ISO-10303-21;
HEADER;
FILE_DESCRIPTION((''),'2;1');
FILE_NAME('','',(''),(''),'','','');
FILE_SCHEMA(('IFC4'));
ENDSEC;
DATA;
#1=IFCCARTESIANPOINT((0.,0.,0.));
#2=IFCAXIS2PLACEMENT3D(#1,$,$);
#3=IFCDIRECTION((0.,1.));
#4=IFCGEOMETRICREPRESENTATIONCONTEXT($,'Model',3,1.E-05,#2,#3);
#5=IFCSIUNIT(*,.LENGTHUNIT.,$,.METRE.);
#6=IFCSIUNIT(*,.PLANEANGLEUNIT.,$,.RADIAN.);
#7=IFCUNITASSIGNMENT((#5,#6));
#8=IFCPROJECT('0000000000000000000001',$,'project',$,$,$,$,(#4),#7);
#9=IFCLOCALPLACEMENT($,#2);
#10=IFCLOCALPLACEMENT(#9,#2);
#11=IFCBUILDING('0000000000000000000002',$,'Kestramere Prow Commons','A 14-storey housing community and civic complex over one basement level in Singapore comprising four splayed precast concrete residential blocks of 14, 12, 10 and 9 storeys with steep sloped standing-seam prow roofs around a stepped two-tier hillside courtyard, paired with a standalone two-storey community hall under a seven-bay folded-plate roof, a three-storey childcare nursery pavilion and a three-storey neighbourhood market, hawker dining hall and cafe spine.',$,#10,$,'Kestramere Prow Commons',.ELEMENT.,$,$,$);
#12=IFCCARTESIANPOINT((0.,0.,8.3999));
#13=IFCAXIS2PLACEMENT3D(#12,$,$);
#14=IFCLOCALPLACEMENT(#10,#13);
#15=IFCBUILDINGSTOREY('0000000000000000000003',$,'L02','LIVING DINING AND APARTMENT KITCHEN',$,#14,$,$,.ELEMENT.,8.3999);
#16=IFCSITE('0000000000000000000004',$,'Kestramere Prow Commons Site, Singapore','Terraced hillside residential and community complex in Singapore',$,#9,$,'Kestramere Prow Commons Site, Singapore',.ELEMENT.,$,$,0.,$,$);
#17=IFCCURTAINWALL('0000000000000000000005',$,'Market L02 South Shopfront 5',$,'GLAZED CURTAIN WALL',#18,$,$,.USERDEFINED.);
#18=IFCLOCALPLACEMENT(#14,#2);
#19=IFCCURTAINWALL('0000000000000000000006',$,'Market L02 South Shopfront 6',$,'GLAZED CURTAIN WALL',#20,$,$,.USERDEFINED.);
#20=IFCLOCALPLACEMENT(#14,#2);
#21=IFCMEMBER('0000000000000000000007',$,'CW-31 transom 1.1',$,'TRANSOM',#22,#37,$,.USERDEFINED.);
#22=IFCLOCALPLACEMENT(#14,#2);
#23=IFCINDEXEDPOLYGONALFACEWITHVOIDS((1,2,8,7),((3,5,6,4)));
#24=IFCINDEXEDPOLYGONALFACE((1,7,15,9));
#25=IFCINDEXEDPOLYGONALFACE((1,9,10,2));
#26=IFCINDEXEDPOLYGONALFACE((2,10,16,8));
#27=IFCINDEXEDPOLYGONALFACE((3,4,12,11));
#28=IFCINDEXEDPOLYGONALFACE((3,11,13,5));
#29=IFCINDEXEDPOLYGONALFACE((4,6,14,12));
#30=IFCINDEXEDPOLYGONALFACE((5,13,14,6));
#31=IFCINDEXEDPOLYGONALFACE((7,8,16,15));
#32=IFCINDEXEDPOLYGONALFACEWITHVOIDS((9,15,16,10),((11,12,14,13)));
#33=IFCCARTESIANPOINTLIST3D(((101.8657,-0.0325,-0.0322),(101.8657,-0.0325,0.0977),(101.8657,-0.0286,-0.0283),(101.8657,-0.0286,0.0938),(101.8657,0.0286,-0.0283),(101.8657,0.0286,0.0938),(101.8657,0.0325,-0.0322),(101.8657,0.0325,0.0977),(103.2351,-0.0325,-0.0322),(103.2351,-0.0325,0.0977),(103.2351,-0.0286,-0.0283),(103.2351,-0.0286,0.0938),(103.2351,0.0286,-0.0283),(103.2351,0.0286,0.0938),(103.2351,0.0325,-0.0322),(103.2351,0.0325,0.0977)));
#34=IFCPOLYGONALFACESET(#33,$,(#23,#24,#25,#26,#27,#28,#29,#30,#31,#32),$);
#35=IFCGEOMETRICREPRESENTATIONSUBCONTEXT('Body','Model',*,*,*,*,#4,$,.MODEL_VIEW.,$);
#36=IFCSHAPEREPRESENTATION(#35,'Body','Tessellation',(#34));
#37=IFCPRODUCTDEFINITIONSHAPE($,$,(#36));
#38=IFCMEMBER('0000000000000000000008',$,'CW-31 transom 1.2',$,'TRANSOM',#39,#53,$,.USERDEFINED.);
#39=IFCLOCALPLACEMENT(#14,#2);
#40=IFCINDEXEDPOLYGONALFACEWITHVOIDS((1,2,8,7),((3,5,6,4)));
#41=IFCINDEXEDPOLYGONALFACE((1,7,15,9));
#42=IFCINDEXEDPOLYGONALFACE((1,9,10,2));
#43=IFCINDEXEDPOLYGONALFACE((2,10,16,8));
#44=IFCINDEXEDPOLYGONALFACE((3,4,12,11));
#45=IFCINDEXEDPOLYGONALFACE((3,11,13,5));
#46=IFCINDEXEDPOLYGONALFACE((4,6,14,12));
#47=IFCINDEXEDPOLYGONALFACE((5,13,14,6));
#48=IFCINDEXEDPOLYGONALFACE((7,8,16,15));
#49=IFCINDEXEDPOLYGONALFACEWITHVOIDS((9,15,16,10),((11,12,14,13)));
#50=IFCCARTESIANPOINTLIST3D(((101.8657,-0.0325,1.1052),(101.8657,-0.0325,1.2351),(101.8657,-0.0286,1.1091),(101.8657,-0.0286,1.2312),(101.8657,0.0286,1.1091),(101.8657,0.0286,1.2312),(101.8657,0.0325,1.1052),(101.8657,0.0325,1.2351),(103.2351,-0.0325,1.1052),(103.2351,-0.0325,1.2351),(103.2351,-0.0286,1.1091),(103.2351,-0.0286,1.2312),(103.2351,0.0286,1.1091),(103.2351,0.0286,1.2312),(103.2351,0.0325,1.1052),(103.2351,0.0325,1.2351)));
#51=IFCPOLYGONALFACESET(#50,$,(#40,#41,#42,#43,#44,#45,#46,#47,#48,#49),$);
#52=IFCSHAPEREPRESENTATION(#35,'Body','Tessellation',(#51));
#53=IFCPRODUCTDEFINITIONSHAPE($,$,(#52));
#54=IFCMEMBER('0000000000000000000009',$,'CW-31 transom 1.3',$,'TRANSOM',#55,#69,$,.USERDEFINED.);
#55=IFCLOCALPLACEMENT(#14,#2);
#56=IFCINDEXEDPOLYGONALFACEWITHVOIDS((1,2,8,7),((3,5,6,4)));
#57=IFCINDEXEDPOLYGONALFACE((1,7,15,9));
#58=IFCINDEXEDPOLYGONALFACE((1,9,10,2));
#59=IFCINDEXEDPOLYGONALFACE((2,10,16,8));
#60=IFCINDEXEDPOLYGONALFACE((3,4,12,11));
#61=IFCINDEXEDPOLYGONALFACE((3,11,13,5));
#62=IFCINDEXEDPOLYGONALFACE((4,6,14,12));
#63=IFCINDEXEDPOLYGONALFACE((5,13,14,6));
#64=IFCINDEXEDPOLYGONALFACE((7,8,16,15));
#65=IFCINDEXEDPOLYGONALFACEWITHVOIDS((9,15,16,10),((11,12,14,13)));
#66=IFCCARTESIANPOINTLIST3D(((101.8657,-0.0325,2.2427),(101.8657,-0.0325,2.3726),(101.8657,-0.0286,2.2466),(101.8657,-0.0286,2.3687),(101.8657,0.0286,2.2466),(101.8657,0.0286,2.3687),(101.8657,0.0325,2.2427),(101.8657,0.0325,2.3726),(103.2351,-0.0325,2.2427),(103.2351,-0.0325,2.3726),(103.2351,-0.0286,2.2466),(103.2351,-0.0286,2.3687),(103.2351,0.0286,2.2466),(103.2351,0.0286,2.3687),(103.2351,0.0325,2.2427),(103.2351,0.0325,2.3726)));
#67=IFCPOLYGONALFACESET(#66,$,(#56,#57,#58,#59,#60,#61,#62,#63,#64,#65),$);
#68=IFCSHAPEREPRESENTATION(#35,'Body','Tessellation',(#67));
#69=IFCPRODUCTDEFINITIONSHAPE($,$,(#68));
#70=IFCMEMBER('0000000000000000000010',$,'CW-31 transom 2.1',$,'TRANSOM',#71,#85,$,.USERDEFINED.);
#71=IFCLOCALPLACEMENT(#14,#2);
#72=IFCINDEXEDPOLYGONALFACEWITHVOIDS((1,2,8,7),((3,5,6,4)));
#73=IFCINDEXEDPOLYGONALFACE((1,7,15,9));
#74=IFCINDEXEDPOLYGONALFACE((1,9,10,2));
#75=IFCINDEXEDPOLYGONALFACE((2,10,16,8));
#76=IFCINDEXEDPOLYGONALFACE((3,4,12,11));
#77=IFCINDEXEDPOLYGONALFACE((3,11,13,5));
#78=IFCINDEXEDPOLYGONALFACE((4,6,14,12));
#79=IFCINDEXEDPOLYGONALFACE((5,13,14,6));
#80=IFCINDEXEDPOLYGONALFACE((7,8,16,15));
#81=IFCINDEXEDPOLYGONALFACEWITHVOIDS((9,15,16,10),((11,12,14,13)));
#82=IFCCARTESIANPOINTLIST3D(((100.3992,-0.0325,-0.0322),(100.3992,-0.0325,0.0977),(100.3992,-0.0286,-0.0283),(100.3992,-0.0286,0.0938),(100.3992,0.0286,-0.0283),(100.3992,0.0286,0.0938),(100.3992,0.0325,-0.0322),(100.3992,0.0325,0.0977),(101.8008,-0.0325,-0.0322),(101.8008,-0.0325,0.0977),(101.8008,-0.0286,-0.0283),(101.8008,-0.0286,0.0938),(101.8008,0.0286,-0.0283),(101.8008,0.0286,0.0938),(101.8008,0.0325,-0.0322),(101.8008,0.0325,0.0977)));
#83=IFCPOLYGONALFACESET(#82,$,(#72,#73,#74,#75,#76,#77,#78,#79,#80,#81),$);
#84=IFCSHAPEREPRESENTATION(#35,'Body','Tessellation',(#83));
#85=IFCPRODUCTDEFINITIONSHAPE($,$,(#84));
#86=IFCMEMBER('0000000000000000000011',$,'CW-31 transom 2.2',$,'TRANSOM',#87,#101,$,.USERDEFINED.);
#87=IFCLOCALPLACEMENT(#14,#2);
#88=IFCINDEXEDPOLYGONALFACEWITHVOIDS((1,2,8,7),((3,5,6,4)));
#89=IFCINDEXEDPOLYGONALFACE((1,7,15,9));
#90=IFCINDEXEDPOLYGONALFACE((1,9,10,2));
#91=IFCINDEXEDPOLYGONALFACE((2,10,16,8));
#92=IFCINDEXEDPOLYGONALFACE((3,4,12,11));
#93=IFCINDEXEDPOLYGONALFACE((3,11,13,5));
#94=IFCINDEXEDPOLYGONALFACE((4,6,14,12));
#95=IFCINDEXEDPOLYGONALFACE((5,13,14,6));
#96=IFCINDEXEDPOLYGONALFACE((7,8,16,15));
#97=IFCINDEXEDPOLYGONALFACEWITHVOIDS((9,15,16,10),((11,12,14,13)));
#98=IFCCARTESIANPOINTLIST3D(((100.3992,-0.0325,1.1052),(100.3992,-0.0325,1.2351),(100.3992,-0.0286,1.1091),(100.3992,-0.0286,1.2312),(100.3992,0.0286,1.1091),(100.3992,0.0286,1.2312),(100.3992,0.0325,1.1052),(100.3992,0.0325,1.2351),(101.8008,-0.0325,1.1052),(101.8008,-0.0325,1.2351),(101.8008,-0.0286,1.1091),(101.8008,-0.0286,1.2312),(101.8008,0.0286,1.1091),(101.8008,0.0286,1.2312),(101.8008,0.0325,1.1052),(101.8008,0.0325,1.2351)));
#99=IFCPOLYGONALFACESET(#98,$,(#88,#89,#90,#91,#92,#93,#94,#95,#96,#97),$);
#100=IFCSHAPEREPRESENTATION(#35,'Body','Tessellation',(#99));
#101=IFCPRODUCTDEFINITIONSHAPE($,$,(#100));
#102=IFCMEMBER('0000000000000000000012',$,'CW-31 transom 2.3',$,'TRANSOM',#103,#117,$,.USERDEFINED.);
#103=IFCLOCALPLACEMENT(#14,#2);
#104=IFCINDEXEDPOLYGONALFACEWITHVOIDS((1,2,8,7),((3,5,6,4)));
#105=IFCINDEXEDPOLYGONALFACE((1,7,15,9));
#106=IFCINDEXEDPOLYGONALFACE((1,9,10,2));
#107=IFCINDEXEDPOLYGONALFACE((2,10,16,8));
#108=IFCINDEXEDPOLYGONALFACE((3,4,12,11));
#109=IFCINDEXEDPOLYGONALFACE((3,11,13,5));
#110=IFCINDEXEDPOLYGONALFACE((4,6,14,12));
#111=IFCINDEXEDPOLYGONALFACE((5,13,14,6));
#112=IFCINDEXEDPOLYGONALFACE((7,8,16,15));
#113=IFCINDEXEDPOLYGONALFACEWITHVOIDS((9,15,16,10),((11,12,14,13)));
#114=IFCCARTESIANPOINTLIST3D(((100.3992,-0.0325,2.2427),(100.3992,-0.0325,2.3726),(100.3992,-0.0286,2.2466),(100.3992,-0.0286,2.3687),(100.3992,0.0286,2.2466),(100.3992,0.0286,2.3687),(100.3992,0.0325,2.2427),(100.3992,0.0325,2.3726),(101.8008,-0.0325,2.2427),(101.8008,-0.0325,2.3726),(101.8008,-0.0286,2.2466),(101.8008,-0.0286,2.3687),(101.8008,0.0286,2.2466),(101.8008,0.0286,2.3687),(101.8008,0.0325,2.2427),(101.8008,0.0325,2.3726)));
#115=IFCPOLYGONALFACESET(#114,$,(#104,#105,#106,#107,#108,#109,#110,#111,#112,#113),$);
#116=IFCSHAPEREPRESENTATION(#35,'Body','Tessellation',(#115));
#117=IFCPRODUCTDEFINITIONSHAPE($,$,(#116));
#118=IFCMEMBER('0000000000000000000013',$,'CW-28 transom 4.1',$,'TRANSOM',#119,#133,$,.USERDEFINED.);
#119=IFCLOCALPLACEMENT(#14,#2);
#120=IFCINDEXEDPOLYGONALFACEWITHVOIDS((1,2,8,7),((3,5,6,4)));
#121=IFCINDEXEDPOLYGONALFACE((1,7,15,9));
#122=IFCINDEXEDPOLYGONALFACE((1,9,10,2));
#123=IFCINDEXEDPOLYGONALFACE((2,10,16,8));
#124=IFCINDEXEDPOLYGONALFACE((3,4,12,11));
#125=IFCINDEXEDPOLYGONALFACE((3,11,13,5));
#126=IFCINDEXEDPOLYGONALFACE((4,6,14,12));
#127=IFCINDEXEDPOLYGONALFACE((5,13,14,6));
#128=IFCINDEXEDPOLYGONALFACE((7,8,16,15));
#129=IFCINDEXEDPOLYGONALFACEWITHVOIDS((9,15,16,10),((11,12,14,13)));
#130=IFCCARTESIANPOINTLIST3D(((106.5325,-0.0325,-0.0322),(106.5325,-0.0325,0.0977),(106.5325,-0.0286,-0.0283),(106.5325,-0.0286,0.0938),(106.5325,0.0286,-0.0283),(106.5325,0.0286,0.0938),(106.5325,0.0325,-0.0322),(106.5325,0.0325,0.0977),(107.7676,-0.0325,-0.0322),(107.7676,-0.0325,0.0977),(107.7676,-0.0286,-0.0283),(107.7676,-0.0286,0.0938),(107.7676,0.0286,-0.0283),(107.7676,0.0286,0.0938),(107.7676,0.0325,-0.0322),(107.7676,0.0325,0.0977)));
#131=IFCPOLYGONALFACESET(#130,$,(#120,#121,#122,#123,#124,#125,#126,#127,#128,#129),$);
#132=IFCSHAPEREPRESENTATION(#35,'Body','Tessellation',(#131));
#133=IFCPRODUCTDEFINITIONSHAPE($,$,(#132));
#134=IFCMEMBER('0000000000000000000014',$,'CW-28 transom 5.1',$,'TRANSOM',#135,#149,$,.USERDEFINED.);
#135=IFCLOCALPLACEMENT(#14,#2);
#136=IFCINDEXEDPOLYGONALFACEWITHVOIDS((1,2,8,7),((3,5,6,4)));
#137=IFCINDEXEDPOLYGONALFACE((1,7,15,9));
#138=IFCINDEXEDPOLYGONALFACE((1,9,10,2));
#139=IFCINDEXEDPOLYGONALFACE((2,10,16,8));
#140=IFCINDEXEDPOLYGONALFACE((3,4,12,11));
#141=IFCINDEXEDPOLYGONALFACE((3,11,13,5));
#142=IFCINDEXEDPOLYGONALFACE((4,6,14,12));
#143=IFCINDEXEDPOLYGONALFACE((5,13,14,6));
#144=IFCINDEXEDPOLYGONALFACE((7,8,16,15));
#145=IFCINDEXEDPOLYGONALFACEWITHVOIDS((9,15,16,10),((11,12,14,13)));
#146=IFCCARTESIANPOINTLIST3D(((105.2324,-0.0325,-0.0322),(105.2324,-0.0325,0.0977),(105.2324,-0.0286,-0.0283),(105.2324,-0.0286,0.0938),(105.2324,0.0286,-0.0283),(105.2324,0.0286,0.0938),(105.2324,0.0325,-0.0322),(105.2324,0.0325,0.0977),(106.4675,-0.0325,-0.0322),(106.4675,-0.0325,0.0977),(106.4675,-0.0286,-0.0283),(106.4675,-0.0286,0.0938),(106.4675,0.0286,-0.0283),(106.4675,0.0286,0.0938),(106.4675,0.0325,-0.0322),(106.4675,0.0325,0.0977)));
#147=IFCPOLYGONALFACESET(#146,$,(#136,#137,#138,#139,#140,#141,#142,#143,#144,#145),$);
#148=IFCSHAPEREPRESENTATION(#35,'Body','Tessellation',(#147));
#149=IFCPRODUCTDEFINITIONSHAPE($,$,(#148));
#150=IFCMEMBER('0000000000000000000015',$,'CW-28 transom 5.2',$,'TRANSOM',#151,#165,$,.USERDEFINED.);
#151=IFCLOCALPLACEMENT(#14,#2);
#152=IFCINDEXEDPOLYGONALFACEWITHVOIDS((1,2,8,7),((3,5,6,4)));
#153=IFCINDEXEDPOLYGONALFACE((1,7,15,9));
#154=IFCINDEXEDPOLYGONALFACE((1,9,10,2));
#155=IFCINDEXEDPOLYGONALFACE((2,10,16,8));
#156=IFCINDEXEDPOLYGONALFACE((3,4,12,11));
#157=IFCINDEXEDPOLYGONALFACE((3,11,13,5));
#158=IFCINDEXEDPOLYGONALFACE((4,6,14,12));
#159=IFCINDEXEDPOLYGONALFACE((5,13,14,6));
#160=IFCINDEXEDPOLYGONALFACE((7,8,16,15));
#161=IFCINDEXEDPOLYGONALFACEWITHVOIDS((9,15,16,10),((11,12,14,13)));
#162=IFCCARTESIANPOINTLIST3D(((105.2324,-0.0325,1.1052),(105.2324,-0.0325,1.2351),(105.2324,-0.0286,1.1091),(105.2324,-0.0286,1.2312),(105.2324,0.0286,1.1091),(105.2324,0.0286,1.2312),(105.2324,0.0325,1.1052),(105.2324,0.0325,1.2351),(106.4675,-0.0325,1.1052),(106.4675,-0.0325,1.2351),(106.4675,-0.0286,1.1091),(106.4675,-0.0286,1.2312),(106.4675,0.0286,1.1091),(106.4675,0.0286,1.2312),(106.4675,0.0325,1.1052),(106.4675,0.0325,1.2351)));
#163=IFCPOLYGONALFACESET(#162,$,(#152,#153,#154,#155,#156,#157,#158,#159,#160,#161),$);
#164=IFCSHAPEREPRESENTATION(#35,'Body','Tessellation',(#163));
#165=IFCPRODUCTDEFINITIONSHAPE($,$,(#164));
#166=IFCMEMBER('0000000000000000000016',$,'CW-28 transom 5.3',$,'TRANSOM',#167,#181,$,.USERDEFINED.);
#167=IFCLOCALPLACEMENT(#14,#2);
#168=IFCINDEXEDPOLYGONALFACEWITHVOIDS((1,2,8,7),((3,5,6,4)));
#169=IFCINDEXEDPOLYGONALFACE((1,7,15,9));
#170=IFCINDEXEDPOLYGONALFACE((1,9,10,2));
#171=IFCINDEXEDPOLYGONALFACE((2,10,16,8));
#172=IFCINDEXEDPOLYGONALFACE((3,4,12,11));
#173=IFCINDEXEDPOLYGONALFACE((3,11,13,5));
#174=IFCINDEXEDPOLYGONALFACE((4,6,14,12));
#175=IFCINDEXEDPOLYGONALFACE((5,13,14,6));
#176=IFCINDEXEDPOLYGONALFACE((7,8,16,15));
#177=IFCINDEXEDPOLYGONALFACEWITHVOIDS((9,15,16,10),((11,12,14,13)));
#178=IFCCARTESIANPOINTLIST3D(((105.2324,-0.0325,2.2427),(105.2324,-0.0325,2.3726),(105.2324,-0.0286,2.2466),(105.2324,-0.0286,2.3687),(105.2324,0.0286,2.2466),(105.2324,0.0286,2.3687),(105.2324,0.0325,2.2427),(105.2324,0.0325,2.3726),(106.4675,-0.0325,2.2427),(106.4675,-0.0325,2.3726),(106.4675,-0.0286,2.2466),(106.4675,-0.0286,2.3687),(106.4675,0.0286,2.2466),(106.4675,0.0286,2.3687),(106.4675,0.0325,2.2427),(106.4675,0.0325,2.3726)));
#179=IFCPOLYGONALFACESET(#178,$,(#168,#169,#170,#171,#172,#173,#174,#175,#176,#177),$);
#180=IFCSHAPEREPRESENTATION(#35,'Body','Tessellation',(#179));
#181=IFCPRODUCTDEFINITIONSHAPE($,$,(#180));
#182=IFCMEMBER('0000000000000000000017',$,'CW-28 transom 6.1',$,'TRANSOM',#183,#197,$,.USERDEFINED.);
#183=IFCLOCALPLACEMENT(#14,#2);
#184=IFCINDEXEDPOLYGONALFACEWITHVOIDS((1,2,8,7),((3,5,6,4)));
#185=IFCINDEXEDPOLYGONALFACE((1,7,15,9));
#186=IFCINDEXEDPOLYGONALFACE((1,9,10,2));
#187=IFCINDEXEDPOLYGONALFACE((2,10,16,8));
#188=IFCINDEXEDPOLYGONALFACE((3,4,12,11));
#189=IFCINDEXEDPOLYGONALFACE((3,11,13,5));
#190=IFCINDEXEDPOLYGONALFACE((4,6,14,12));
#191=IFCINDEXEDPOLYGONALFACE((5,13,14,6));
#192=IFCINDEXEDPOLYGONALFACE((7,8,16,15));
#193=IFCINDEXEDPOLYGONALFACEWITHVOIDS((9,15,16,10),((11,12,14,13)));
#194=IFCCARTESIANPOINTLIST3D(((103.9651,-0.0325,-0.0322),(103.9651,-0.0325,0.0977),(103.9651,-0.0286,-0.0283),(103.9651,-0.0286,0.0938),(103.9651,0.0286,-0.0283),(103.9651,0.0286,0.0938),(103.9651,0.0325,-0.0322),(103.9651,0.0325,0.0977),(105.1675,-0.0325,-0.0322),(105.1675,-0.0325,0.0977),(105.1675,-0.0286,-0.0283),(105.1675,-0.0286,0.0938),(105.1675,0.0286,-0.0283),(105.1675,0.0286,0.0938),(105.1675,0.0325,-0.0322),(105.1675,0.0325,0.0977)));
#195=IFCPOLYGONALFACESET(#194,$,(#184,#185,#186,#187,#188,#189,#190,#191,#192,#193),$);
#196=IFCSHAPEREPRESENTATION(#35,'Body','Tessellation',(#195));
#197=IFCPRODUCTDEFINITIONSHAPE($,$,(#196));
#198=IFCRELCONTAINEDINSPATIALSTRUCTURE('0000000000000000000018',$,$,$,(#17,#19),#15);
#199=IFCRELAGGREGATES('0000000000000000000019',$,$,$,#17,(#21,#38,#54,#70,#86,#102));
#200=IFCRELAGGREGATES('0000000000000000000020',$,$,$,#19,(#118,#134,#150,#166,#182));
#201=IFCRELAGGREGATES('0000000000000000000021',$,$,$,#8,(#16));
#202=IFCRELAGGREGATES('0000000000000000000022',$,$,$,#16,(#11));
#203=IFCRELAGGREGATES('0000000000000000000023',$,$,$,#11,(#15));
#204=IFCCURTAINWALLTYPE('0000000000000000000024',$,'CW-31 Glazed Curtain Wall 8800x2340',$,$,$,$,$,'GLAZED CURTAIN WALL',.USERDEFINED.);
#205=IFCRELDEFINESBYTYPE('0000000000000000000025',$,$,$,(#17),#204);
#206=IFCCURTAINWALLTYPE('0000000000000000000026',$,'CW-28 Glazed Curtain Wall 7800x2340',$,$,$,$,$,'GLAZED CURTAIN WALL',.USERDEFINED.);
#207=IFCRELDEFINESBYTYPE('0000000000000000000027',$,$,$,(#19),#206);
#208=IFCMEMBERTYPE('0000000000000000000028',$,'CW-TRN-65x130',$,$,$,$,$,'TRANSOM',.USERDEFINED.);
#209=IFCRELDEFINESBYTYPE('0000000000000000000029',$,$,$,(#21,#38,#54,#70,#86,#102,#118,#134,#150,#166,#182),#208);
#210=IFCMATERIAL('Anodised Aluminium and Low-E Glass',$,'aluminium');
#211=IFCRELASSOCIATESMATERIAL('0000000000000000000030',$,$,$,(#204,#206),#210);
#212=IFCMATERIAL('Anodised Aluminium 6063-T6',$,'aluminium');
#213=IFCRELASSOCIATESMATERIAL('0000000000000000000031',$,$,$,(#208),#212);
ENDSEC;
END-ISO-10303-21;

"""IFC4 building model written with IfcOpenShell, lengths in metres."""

from ifc_helpers import new_model, si_unit, direction, frame, origin, origin_2d, place, context, subcontext, project, spatial, hollow_rectangle, extrude, material, material_profile, profile_set, type_object, element, aggregate, save


model = new_model("IFC4")

# Units and contexts
model_context = context("Model", 3, precision=1e-05, world=origin(), true_north=direction((0.0, 1.0)))
body_context = subcontext(model_context, "Body", "Model", "MODEL_VIEW")
ifc_project = project(units=[si_unit("LENGTHUNIT", "METRE"), si_unit("PLANEANGLEUNIT", "RADIAN")], contexts=[model_context])

# Site, building, storey
site_placement = place(None, origin())
site = spatial("IfcSite", under=ifc_project, at=site_placement, Name="Kestramere Prow Commons Site, Singapore", Description="Terraced hillside residential and community complex in Singapore", LongName="Kestramere Prow Commons Site, Singapore", CompositionType="ELEMENT", RefElevation=0.0)
building_placement = place(site_placement, origin())
building = spatial("IfcBuilding", under=site, at=building_placement, Name="Kestramere Prow Commons", Description="A 14-storey housing community and civic complex over one basement level in Singapore comprising four splayed precast concrete residential blocks of 14, 12, 10 and 9 storeys with steep sloped standing-seam prow roofs around a stepped two-tier hillside courtyard, paired with a standalone two-storey community hall under a seven-bay folded-plate roof, a three-storey childcare nursery pavilion and a three-storey neighbourhood market, hawker dining hall and cafe spine.", LongName="Kestramere Prow Commons", CompositionType="ELEMENT")
storey_placement = place(building_placement, frame((0.0, 0.0, 8.3999)))
storey = spatial("IfcBuildingStorey", under=building, at=storey_placement, Name="L02", Description="LIVING DINING AND APARTMENT KITCHEN", CompositionType="ELEMENT", Elevation=8.3999)

# Curtain walls
ifc_material_1 = material(Name="Anodised Aluminium and Low-E Glass", Category="aluminium")
curtain_wall_type_1 = type_object("IfcCurtainWallType", Name="CW-31 Glazed Curtain Wall 8800x2340", ElementType="GLAZED CURTAIN WALL", PredefinedType="USERDEFINED", material=ifc_material_1)
curtain_wall_1_placement = place(storey_placement, origin())
curtain_wall_1 = element("IfcCurtainWall", 1, at=curtain_wall_1_placement, inside=storey, type_object=curtain_wall_type_1, Name="Market L02 South Shopfront 5", ObjectType="GLAZED CURTAIN WALL", PredefinedType="USERDEFINED")
ifc_material_2 = material(Name="Anodised Aluminium 6063-T6", Category="aluminium")
curtain_wall_type_2 = type_object("IfcCurtainWallType", Name="CW-28 Glazed Curtain Wall 7800x2340", ElementType="GLAZED CURTAIN WALL", PredefinedType="USERDEFINED", material=ifc_material_1)
curtain_wall_2_placement = place(storey_placement, origin())
curtain_wall_2 = element("IfcCurtainWall", 2, at=curtain_wall_2_placement, inside=storey, type_object=curtain_wall_type_2, Name="Market L02 South Shopfront 6", ObjectType="GLAZED CURTAIN WALL", PredefinedType="USERDEFINED")

# Members
ifc_material_profile_1 = material_profile(ifc_material_2, hollow_rectangle(XDim=0.0649, YDim=0.1299, WallThickness=0.0039, at=origin_2d()), Name="ALU-TRN 65x130")
ifc_profile_set_1 = profile_set([ifc_material_profile_1], Name="Anodised Aluminium 6063-T6")
member_type_1 = type_object("IfcMemberType", Name="CW-TRN-65x130", ElementType="TRANSOM", PredefinedType="USERDEFINED", material=ifc_profile_set_1)
member_1_placement = place(storey_placement, frame((103.2351, 0.0, 0.0327), z_axis=(-1.0, 0.0, 0.0), x_axis=(0.0, -1.0, 0.0)))
member_1 = element("IfcMember", 3, at=member_1_placement, type_object=member_type_1, Name="CW-31 transom 1.1", ObjectType="TRANSOM", PredefinedType="USERDEFINED", context=body_context, shape_type="SweptSolid", body=[
    extrude(hollow_rectangle(XDim=0.0649, YDim=0.1299, WallThickness=0.0039, at=origin_2d()), origin(), (0.0, 0.0, 1.0), 1.3694),
])
member_2_placement = place(storey_placement, frame((103.2351, 0.0, 1.1702), z_axis=(-1.0, 0.0, 0.0), x_axis=(0.0, -1.0, 0.0)))
member_2 = element("IfcMember", 4, at=member_2_placement, type_object=member_type_1, Name="CW-31 transom 1.2", ObjectType="TRANSOM", PredefinedType="USERDEFINED", context=body_context, shape_type="SweptSolid", body=[
    extrude(hollow_rectangle(XDim=0.0649, YDim=0.1299, WallThickness=0.0039, at=origin_2d()), origin(), (0.0, 0.0, 1.0), 1.3694),
])
member_3_placement = place(storey_placement, frame((103.2351, 0.0, 2.3076), z_axis=(-1.0, 0.0, 0.0), x_axis=(0.0, -1.0, 0.0)))
member_3 = element("IfcMember", 5, at=member_3_placement, type_object=member_type_1, Name="CW-31 transom 1.3", ObjectType="TRANSOM", PredefinedType="USERDEFINED", context=body_context, shape_type="SweptSolid", body=[
    extrude(hollow_rectangle(XDim=0.0649, YDim=0.1299, WallThickness=0.0039, at=origin_2d()), origin(), (0.0, 0.0, 1.0), 1.3694),
])
member_4_placement = place(storey_placement, frame((101.8008, 0.0, 0.0327), z_axis=(-1.0, 0.0, 0.0), x_axis=(0.0, -1.0, 0.0)))
member_4 = element("IfcMember", 6, at=member_4_placement, type_object=member_type_1, Name="CW-31 transom 2.1", ObjectType="TRANSOM", PredefinedType="USERDEFINED", context=body_context, shape_type="SweptSolid", body=[
    extrude(hollow_rectangle(XDim=0.0649, YDim=0.1299, WallThickness=0.0039, at=origin_2d()), origin(), (0.0, 0.0, 1.0), 1.4016),
])
member_5_placement = place(storey_placement, frame((101.8008, 0.0, 1.1702), z_axis=(-1.0, 0.0, 0.0), x_axis=(0.0, -1.0, 0.0)))
member_5 = element("IfcMember", 7, at=member_5_placement, type_object=member_type_1, Name="CW-31 transom 2.2", ObjectType="TRANSOM", PredefinedType="USERDEFINED", context=body_context, shape_type="SweptSolid", body=[
    extrude(hollow_rectangle(XDim=0.0649, YDim=0.1299, WallThickness=0.0039, at=origin_2d()), origin(), (0.0, 0.0, 1.0), 1.4016),
])
member_6_placement = place(storey_placement, frame((101.8008, 0.0, 2.3076), z_axis=(-1.0, 0.0, 0.0), x_axis=(0.0, -1.0, 0.0)))
member_6 = element("IfcMember", 8, at=member_6_placement, type_object=member_type_1, Name="CW-31 transom 2.3", ObjectType="TRANSOM", PredefinedType="USERDEFINED", context=body_context, shape_type="SweptSolid", body=[
    extrude(hollow_rectangle(XDim=0.0649, YDim=0.1299, WallThickness=0.0039, at=origin_2d()), origin(), (0.0, 0.0, 1.0), 1.4016),
])
member_7_placement = place(storey_placement, frame((107.7676, 0.0, 0.0327), z_axis=(-1.0, 0.0, 0.0), x_axis=(0.0, -1.0, 0.0)))
member_7 = element("IfcMember", 9, at=member_7_placement, type_object=member_type_1, Name="CW-28 transom 4.1", ObjectType="TRANSOM", PredefinedType="USERDEFINED", context=body_context, shape_type="SweptSolid", body=[
    extrude(hollow_rectangle(XDim=0.0649, YDim=0.1299, WallThickness=0.0039, at=origin_2d()), origin(), (0.0, 0.0, 1.0), 1.2351),
])
member_8_placement = place(storey_placement, frame((106.4675, 0.0, 0.0327), z_axis=(-1.0, 0.0, 0.0), x_axis=(0.0, -1.0, 0.0)))
member_8 = element("IfcMember", 10, at=member_8_placement, type_object=member_type_1, Name="CW-28 transom 5.1", ObjectType="TRANSOM", PredefinedType="USERDEFINED", context=body_context, shape_type="SweptSolid", body=[
    extrude(hollow_rectangle(XDim=0.0649, YDim=0.1299, WallThickness=0.0039, at=origin_2d()), origin(), (0.0, 0.0, 1.0), 1.2351),
])
member_9_placement = place(storey_placement, frame((106.4675, 0.0, 1.1702), z_axis=(-1.0, 0.0, 0.0), x_axis=(0.0, -1.0, 0.0)))
member_9 = element("IfcMember", 11, at=member_9_placement, type_object=member_type_1, Name="CW-28 transom 5.2", ObjectType="TRANSOM", PredefinedType="USERDEFINED", context=body_context, shape_type="SweptSolid", body=[
    extrude(hollow_rectangle(XDim=0.0649, YDim=0.1299, WallThickness=0.0039, at=origin_2d()), origin(), (0.0, 0.0, 1.0), 1.2351),
])
member_10_placement = place(storey_placement, frame((106.4675, 0.0, 2.3076), z_axis=(-1.0, 0.0, 0.0), x_axis=(0.0, -1.0, 0.0)))
member_10 = element("IfcMember", 12, at=member_10_placement, type_object=member_type_1, Name="CW-28 transom 5.3", ObjectType="TRANSOM", PredefinedType="USERDEFINED", context=body_context, shape_type="SweptSolid", body=[
    extrude(hollow_rectangle(XDim=0.0649, YDim=0.1299, WallThickness=0.0039, at=origin_2d()), origin(), (0.0, 0.0, 1.0), 1.2351),
])
member_11_placement = place(storey_placement, frame((105.1675, 0.0, 0.0327), z_axis=(-1.0, 0.0, 0.0), x_axis=(0.0, -1.0, 0.0)))
member_11 = element("IfcMember", 13, at=member_11_placement, type_object=member_type_1, Name="CW-28 transom 6.1", ObjectType="TRANSOM", PredefinedType="USERDEFINED", context=body_context, shape_type="SweptSolid", body=[
    extrude(hollow_rectangle(XDim=0.0649, YDim=0.1299, WallThickness=0.0039, at=origin_2d()), origin(), (0.0, 0.0, 1.0), 1.2024),
])

aggregate(curtain_wall_1, [member_1, member_2, member_3, member_4, member_5, member_6])
aggregate(curtain_wall_2, [member_7, member_8, member_9, member_10, member_11])

save(model, "model.ifc")
